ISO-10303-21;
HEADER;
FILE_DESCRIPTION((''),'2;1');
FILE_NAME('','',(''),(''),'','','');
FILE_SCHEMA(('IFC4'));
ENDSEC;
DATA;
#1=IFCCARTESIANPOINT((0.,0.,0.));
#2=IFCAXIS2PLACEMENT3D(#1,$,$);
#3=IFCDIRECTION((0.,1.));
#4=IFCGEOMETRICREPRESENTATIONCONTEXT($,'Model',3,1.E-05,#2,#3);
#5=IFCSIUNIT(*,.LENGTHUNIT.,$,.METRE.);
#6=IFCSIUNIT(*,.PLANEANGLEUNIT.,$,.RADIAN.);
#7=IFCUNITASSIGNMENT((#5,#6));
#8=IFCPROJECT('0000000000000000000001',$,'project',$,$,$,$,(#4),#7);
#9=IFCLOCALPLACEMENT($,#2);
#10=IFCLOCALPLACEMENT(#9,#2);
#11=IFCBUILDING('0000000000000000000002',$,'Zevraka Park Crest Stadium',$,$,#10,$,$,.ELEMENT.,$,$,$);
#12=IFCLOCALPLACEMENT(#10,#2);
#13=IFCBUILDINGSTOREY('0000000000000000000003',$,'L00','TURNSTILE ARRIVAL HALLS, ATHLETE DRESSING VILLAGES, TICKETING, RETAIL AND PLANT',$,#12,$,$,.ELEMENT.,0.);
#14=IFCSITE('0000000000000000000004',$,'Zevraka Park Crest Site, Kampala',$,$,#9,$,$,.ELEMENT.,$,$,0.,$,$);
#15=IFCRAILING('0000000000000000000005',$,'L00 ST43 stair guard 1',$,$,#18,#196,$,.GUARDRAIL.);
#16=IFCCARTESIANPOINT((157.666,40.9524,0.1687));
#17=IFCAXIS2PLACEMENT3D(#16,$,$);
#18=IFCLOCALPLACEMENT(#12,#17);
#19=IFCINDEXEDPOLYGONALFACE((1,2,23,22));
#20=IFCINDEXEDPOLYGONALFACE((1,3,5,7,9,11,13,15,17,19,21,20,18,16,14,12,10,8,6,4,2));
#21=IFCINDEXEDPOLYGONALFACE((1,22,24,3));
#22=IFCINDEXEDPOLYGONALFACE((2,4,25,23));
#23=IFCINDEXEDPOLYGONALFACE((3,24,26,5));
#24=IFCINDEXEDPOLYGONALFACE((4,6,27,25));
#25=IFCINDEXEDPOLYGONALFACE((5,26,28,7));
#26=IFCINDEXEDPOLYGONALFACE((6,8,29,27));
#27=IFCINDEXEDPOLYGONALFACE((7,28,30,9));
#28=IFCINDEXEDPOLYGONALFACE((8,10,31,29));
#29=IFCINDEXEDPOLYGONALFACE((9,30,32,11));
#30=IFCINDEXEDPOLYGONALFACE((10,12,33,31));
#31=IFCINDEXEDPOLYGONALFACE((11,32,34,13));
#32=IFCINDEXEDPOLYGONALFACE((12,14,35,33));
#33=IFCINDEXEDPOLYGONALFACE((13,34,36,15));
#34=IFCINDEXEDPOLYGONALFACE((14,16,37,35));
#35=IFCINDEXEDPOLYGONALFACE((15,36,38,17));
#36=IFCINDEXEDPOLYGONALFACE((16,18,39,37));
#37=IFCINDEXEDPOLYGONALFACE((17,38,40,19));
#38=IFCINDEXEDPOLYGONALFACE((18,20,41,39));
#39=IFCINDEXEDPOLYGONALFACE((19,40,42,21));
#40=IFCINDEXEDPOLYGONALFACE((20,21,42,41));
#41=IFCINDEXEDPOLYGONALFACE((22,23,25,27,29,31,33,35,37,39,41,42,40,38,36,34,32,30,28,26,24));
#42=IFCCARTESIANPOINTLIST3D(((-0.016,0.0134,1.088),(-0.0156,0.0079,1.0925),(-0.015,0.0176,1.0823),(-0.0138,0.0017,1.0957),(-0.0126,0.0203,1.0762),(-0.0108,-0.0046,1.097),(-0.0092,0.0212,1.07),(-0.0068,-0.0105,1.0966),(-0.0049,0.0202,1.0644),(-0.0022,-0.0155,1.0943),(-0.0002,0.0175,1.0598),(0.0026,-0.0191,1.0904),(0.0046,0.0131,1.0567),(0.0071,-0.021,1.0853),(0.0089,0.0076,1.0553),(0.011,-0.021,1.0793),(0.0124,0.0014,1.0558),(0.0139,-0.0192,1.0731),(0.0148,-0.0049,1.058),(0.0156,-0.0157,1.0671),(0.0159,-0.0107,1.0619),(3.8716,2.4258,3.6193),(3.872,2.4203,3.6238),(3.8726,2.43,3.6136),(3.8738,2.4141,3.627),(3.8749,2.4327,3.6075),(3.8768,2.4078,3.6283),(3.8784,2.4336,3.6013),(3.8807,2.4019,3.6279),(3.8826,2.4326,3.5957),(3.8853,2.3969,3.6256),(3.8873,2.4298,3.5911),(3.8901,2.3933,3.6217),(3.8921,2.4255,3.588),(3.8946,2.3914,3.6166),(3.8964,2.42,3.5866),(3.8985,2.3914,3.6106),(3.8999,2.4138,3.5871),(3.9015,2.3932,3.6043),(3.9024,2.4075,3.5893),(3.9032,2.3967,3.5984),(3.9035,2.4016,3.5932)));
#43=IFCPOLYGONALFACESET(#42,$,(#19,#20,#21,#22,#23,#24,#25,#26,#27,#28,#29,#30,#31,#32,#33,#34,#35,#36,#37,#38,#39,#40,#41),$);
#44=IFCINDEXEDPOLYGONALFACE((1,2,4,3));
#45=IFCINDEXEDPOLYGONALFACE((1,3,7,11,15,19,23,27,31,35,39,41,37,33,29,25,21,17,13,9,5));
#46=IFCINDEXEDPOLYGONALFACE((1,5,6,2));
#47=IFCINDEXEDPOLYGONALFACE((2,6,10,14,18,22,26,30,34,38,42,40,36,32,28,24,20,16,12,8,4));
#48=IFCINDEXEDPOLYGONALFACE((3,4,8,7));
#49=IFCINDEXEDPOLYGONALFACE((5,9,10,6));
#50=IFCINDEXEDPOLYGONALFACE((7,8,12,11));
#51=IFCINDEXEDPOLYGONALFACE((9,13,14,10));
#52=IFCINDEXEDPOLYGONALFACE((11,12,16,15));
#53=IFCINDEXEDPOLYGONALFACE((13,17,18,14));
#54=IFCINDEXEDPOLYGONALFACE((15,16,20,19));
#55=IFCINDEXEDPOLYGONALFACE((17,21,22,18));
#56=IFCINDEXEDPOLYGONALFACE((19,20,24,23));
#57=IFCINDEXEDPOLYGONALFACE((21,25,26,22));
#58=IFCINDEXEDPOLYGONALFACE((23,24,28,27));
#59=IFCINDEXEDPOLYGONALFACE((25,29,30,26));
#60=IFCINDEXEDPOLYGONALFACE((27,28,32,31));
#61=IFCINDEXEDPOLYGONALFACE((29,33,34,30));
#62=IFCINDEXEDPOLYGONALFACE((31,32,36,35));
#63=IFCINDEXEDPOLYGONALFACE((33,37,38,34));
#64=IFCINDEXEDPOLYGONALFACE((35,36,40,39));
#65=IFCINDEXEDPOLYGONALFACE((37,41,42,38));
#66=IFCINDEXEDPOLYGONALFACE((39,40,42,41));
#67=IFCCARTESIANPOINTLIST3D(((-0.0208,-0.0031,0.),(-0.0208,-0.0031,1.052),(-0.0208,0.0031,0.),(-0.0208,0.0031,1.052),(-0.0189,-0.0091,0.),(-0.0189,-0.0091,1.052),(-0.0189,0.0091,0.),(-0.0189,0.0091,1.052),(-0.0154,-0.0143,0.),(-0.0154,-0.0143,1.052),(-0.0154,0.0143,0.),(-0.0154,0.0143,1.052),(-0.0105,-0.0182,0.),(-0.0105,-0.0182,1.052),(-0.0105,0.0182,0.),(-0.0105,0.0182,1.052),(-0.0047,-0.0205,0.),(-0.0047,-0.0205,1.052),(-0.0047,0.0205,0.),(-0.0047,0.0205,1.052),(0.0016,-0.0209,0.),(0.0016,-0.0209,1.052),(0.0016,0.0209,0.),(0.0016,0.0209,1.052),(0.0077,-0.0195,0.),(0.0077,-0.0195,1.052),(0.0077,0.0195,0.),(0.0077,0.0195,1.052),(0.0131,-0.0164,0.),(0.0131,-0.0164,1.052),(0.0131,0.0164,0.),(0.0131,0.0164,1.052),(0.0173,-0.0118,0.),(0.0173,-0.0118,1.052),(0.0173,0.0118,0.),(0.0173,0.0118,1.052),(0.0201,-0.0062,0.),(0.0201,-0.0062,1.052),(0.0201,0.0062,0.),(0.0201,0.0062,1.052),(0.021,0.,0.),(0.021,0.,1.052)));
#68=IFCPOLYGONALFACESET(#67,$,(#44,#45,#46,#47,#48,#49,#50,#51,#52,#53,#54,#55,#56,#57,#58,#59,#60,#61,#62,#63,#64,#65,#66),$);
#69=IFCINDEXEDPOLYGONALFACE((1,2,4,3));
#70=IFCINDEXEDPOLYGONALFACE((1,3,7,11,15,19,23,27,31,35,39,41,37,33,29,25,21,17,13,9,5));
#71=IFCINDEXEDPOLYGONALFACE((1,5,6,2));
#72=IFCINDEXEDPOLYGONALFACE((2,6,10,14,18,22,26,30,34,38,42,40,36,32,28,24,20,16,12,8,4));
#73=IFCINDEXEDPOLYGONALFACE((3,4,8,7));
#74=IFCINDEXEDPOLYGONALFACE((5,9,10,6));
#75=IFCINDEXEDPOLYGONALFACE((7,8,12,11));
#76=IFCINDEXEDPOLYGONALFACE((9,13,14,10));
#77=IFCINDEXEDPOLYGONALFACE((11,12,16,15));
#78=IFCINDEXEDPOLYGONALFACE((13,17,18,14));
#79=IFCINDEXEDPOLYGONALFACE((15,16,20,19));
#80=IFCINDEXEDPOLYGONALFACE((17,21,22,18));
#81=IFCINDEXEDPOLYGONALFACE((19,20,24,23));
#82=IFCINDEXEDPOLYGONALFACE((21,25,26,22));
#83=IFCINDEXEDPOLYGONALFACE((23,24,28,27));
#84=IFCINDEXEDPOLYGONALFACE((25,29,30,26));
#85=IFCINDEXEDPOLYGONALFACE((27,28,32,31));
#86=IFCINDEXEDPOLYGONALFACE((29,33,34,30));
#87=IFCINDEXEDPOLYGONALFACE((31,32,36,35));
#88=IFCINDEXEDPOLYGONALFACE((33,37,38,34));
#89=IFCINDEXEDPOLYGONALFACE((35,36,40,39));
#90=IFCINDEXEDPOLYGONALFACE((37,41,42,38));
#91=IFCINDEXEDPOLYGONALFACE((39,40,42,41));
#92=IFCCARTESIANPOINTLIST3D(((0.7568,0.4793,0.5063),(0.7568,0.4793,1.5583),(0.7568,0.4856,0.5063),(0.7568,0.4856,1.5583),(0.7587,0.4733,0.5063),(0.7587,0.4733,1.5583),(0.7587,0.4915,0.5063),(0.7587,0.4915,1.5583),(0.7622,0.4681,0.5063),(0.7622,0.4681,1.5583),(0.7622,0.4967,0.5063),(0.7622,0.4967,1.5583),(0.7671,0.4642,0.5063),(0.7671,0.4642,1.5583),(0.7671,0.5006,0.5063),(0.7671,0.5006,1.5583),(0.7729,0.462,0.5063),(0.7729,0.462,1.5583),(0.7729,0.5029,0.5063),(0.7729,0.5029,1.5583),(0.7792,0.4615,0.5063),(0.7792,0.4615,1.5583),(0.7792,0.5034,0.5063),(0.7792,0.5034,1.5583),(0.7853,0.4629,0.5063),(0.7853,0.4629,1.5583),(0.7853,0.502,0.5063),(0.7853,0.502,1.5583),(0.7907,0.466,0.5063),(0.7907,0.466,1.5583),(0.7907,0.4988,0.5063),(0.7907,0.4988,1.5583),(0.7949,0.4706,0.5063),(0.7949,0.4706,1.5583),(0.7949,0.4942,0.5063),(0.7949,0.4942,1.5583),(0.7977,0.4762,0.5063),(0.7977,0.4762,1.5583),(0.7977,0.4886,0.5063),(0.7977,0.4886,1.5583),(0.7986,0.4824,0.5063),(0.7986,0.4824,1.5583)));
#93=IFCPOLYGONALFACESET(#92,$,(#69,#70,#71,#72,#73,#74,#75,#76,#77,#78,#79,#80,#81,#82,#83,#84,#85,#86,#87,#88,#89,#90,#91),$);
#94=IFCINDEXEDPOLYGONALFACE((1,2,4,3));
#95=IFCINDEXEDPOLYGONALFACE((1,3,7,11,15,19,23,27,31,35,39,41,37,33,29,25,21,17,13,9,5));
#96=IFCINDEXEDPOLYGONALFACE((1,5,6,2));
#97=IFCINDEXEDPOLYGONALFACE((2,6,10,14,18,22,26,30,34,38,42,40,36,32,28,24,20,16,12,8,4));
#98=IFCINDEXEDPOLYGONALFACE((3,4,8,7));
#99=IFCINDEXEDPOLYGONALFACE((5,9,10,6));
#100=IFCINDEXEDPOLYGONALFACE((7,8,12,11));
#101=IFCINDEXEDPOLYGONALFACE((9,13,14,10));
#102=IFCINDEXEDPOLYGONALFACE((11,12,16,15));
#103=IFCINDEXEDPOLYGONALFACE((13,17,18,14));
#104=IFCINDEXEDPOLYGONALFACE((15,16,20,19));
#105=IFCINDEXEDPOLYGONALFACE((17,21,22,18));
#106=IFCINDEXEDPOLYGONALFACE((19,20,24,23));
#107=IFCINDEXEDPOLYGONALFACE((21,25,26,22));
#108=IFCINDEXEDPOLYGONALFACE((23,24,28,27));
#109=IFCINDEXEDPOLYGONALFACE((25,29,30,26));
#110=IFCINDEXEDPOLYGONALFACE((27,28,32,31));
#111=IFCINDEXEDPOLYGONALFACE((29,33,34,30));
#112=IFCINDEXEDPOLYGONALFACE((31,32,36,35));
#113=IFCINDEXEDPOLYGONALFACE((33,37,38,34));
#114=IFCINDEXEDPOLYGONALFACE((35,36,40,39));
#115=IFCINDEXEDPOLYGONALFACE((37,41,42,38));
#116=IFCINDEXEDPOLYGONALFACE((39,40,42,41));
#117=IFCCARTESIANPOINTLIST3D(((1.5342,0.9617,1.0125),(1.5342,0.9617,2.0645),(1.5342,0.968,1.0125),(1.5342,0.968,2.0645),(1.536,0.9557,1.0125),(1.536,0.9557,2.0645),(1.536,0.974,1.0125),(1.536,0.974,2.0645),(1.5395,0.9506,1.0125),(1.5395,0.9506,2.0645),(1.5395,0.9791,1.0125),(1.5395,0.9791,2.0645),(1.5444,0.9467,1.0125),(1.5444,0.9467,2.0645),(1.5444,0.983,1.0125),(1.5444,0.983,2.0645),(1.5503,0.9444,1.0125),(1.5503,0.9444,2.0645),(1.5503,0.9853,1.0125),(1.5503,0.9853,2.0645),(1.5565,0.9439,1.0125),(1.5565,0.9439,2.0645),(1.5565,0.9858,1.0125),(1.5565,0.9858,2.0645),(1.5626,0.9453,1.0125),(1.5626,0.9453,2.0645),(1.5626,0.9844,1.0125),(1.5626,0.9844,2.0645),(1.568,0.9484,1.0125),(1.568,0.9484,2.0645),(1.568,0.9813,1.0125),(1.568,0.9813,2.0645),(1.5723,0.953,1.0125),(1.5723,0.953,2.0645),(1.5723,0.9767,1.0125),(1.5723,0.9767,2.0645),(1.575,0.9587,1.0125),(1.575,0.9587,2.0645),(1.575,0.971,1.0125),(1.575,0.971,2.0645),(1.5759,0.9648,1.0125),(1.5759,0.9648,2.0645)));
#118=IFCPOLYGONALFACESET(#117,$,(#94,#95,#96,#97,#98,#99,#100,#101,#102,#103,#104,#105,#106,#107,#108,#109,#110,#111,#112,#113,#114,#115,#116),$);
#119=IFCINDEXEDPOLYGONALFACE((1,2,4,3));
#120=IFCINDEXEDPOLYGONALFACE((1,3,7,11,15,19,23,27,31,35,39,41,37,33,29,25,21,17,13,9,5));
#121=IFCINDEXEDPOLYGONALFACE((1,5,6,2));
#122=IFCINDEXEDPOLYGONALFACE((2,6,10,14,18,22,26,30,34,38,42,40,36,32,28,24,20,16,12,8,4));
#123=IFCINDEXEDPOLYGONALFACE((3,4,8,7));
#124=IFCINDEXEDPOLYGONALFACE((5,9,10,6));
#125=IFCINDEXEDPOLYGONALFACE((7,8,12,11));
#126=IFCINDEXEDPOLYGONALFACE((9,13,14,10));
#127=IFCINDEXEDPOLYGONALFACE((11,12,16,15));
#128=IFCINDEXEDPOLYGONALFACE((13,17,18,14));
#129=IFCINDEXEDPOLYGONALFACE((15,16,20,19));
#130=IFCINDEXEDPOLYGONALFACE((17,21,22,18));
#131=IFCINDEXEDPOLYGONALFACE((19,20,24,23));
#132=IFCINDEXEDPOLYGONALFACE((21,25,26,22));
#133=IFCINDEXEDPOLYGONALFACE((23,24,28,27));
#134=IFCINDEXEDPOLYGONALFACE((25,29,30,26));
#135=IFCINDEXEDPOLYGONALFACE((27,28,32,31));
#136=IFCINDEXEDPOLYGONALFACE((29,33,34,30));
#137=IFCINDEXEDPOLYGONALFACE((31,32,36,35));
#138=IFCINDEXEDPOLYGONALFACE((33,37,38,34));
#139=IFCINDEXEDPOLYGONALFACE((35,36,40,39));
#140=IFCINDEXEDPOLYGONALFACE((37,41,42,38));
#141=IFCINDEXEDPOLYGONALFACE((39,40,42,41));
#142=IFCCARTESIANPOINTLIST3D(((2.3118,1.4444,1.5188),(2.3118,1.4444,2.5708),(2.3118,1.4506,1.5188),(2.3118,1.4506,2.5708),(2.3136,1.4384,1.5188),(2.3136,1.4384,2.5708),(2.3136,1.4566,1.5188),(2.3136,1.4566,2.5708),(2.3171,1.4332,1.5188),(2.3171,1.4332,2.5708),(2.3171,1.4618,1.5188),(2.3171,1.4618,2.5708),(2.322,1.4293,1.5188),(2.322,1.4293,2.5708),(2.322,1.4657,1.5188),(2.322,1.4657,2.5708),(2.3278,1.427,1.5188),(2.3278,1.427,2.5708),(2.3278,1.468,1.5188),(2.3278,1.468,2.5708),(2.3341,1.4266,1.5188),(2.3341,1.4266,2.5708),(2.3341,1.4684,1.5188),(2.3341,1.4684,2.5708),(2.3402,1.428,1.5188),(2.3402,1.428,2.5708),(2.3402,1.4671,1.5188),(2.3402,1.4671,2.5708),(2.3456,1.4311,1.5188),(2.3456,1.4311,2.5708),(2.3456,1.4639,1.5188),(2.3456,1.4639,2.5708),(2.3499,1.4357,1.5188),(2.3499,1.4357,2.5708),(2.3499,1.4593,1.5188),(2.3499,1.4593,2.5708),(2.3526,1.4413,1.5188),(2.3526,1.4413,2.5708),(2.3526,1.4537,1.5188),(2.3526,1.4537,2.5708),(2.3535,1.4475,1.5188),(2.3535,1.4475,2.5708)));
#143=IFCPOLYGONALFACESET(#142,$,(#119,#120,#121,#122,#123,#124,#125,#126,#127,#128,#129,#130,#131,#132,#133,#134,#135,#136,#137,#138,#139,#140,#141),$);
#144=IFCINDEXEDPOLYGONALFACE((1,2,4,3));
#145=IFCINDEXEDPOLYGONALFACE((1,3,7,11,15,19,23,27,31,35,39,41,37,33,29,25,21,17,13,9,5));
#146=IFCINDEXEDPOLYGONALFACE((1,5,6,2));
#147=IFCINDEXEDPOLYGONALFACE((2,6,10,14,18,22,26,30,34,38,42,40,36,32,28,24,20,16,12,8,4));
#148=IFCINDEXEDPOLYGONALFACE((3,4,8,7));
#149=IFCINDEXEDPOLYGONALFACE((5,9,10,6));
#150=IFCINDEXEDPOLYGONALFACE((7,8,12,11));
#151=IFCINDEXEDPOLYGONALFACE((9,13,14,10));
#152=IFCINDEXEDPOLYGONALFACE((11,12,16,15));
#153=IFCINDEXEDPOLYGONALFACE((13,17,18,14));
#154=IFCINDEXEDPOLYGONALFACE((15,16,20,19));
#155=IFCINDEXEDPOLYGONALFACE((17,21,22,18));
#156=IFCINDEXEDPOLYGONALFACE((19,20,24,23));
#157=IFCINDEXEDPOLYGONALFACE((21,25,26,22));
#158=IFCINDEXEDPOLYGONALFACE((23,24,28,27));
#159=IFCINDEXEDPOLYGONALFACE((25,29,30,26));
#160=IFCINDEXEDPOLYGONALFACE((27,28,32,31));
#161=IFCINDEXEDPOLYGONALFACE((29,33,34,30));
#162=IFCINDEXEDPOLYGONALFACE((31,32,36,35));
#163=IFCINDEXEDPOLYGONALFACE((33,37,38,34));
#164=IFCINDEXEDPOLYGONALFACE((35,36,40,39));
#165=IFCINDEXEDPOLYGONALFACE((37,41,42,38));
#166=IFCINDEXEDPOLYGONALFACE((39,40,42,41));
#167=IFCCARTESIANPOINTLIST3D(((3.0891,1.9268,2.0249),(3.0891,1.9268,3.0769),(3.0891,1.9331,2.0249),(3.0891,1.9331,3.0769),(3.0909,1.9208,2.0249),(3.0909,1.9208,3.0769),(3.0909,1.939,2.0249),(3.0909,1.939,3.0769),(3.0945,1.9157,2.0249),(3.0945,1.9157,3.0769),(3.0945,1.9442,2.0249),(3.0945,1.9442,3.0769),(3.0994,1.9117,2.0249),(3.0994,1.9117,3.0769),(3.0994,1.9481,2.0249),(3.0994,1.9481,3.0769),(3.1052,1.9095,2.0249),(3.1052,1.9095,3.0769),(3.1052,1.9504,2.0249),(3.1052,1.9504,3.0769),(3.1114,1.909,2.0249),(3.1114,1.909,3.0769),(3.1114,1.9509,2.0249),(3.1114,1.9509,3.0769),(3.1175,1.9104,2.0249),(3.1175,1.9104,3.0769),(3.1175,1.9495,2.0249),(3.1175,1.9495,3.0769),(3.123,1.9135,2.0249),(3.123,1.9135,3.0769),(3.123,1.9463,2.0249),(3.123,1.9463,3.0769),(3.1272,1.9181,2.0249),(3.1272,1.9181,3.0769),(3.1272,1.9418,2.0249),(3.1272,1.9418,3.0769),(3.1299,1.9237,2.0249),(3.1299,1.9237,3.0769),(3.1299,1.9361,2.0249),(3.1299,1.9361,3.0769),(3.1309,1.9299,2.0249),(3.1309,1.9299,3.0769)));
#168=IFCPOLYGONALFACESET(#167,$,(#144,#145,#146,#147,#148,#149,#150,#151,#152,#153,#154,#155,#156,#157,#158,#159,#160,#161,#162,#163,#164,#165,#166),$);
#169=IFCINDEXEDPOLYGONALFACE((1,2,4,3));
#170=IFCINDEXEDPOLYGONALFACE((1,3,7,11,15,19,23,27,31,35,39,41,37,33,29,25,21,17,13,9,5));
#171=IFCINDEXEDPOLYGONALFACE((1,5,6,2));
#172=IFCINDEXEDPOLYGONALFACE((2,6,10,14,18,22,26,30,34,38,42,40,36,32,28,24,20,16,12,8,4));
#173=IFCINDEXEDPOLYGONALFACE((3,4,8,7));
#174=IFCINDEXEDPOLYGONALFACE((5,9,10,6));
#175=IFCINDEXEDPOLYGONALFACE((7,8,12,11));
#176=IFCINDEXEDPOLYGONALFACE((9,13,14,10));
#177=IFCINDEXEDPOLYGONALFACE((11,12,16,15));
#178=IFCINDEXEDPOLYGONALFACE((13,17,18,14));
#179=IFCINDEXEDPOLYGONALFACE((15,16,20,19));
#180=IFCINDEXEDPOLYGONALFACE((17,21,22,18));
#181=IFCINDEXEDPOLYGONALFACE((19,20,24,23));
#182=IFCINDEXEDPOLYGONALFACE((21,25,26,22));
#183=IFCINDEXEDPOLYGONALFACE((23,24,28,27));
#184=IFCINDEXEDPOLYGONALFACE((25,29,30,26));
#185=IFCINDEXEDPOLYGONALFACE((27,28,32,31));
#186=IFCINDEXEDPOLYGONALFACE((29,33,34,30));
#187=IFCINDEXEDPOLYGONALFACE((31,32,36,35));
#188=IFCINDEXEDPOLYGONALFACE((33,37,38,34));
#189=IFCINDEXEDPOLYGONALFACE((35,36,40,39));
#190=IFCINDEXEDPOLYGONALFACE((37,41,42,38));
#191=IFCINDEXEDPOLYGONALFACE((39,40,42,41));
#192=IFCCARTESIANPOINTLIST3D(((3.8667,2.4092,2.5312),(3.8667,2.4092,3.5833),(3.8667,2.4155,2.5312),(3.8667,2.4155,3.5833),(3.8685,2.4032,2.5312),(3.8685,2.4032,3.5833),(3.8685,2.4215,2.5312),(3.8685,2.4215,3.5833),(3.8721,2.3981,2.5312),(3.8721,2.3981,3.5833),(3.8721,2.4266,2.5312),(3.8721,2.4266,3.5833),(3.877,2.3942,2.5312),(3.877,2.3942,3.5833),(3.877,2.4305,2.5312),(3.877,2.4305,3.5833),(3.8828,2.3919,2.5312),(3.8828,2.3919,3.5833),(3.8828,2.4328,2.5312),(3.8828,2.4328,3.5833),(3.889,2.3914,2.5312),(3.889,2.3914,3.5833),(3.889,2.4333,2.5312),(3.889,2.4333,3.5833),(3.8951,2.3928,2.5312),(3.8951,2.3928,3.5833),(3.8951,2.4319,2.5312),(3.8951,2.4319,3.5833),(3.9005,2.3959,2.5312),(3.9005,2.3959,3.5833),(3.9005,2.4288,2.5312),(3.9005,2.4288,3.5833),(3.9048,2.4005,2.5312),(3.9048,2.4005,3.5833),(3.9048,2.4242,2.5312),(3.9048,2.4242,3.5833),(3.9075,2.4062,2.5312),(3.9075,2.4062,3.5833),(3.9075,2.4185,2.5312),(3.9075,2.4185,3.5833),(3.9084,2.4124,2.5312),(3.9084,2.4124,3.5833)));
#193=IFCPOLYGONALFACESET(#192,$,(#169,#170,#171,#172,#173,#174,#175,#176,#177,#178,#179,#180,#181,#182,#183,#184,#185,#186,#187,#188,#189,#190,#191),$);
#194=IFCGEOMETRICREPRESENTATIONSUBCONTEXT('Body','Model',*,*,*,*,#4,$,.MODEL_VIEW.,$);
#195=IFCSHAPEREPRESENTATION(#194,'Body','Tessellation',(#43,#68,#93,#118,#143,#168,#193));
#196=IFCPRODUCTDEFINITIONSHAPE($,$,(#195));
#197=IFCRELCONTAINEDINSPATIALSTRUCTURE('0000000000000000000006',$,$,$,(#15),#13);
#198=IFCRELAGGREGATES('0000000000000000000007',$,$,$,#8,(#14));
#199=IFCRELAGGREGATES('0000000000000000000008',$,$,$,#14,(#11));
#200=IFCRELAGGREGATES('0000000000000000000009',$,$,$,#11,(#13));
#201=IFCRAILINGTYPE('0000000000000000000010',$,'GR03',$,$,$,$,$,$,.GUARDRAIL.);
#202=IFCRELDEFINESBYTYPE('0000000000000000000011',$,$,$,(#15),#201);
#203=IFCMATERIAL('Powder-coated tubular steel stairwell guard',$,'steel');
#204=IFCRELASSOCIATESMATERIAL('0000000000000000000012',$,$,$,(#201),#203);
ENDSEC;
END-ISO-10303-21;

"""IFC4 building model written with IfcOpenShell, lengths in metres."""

from ifc_helpers import new_model, si_unit, direction, frame, origin, origin_2d, place, context, subcontext, project, spatial, circle, extrude, material, type_object, element, save


model = new_model("IFC4")

# Units and contexts
model_context = context("Model", 3, precision=1e-05, world=origin(), true_north=direction((0.0, 1.0)))
body_context = subcontext(model_context, "Body", "Model", "MODEL_VIEW")
ifc_project = project(units=[si_unit("LENGTHUNIT", "METRE"), si_unit("PLANEANGLEUNIT", "RADIAN")], contexts=[model_context])

# Site, building, storey
site_placement = place(None, origin())
site = spatial("IfcSite", under=ifc_project, at=site_placement, Name="Zevraka Park Crest Site, Kampala", CompositionType="ELEMENT", RefElevation=0.0)
building_placement = place(site_placement, origin())
building = spatial("IfcBuilding", under=site, at=building_placement, Name="Zevraka Park Crest Stadium", CompositionType="ELEMENT")
storey_placement = place(building_placement, origin())
storey = spatial("IfcBuildingStorey", under=building, at=storey_placement, Name="L00", Description="TURNSTILE ARRIVAL HALLS, ATHLETE DRESSING VILLAGES, TICKETING, RETAIL AND PLANT", CompositionType="ELEMENT", Elevation=0.0)

# Railing
ifc_material_1 = material(Name="Powder-coated tubular steel stairwell guard", Category="steel")
railing_type = type_object("IfcRailingType", Name="GR03", PredefinedType="GUARDRAIL", material=ifc_material_1)
railing_1_placement = place(storey_placement, frame((157.666, 40.9524, 0.1687)))
element("IfcRailing", 1, at=railing_1_placement, inside=storey, type_object=railing_type, Name="L00 ST43 stair guard 1", PredefinedType="GUARDRAIL", context=body_context, shape_type="SweptSolid", body=[
    extrude(circle(Radius=0.0239, at=origin_2d()), frame((0.0, 0.0, 1.0762), z_axis=(0.743488, 0.461371, 0.48411), x_axis=(-0.527277, 0.849694, 0.0)), (0.0, 0.0, 1.0), 5.2288),
    extrude(circle(Radius=0.021, at=origin_2d()), origin(), (0.0, 0.0, 1.0), 1.052),
    extrude(circle(Radius=0.021, at=origin_2d()), frame((0.7776, 0.4824, 0.5063)), (0.0, 0.0, 1.0), 1.052),
    extrude(circle(Radius=0.021, at=origin_2d()), frame((1.5549, 0.9648, 1.0125)), (0.0, 0.0, 1.0), 1.052),
    extrude(circle(Radius=0.021, at=origin_2d()), frame((2.3325, 1.4475, 1.5188)), (0.0, 0.0, 1.0), 1.052),
    extrude(circle(Radius=0.021, at=origin_2d()), frame((3.1099, 1.9299, 2.0249)), (0.0, 0.0, 1.0), 1.052),
    extrude(circle(Radius=0.021, at=origin_2d()), frame((3.8875, 2.4124, 2.5312)), (0.0, 0.0, 1.0), 1.052),
])

save(model, "model.ifc")
